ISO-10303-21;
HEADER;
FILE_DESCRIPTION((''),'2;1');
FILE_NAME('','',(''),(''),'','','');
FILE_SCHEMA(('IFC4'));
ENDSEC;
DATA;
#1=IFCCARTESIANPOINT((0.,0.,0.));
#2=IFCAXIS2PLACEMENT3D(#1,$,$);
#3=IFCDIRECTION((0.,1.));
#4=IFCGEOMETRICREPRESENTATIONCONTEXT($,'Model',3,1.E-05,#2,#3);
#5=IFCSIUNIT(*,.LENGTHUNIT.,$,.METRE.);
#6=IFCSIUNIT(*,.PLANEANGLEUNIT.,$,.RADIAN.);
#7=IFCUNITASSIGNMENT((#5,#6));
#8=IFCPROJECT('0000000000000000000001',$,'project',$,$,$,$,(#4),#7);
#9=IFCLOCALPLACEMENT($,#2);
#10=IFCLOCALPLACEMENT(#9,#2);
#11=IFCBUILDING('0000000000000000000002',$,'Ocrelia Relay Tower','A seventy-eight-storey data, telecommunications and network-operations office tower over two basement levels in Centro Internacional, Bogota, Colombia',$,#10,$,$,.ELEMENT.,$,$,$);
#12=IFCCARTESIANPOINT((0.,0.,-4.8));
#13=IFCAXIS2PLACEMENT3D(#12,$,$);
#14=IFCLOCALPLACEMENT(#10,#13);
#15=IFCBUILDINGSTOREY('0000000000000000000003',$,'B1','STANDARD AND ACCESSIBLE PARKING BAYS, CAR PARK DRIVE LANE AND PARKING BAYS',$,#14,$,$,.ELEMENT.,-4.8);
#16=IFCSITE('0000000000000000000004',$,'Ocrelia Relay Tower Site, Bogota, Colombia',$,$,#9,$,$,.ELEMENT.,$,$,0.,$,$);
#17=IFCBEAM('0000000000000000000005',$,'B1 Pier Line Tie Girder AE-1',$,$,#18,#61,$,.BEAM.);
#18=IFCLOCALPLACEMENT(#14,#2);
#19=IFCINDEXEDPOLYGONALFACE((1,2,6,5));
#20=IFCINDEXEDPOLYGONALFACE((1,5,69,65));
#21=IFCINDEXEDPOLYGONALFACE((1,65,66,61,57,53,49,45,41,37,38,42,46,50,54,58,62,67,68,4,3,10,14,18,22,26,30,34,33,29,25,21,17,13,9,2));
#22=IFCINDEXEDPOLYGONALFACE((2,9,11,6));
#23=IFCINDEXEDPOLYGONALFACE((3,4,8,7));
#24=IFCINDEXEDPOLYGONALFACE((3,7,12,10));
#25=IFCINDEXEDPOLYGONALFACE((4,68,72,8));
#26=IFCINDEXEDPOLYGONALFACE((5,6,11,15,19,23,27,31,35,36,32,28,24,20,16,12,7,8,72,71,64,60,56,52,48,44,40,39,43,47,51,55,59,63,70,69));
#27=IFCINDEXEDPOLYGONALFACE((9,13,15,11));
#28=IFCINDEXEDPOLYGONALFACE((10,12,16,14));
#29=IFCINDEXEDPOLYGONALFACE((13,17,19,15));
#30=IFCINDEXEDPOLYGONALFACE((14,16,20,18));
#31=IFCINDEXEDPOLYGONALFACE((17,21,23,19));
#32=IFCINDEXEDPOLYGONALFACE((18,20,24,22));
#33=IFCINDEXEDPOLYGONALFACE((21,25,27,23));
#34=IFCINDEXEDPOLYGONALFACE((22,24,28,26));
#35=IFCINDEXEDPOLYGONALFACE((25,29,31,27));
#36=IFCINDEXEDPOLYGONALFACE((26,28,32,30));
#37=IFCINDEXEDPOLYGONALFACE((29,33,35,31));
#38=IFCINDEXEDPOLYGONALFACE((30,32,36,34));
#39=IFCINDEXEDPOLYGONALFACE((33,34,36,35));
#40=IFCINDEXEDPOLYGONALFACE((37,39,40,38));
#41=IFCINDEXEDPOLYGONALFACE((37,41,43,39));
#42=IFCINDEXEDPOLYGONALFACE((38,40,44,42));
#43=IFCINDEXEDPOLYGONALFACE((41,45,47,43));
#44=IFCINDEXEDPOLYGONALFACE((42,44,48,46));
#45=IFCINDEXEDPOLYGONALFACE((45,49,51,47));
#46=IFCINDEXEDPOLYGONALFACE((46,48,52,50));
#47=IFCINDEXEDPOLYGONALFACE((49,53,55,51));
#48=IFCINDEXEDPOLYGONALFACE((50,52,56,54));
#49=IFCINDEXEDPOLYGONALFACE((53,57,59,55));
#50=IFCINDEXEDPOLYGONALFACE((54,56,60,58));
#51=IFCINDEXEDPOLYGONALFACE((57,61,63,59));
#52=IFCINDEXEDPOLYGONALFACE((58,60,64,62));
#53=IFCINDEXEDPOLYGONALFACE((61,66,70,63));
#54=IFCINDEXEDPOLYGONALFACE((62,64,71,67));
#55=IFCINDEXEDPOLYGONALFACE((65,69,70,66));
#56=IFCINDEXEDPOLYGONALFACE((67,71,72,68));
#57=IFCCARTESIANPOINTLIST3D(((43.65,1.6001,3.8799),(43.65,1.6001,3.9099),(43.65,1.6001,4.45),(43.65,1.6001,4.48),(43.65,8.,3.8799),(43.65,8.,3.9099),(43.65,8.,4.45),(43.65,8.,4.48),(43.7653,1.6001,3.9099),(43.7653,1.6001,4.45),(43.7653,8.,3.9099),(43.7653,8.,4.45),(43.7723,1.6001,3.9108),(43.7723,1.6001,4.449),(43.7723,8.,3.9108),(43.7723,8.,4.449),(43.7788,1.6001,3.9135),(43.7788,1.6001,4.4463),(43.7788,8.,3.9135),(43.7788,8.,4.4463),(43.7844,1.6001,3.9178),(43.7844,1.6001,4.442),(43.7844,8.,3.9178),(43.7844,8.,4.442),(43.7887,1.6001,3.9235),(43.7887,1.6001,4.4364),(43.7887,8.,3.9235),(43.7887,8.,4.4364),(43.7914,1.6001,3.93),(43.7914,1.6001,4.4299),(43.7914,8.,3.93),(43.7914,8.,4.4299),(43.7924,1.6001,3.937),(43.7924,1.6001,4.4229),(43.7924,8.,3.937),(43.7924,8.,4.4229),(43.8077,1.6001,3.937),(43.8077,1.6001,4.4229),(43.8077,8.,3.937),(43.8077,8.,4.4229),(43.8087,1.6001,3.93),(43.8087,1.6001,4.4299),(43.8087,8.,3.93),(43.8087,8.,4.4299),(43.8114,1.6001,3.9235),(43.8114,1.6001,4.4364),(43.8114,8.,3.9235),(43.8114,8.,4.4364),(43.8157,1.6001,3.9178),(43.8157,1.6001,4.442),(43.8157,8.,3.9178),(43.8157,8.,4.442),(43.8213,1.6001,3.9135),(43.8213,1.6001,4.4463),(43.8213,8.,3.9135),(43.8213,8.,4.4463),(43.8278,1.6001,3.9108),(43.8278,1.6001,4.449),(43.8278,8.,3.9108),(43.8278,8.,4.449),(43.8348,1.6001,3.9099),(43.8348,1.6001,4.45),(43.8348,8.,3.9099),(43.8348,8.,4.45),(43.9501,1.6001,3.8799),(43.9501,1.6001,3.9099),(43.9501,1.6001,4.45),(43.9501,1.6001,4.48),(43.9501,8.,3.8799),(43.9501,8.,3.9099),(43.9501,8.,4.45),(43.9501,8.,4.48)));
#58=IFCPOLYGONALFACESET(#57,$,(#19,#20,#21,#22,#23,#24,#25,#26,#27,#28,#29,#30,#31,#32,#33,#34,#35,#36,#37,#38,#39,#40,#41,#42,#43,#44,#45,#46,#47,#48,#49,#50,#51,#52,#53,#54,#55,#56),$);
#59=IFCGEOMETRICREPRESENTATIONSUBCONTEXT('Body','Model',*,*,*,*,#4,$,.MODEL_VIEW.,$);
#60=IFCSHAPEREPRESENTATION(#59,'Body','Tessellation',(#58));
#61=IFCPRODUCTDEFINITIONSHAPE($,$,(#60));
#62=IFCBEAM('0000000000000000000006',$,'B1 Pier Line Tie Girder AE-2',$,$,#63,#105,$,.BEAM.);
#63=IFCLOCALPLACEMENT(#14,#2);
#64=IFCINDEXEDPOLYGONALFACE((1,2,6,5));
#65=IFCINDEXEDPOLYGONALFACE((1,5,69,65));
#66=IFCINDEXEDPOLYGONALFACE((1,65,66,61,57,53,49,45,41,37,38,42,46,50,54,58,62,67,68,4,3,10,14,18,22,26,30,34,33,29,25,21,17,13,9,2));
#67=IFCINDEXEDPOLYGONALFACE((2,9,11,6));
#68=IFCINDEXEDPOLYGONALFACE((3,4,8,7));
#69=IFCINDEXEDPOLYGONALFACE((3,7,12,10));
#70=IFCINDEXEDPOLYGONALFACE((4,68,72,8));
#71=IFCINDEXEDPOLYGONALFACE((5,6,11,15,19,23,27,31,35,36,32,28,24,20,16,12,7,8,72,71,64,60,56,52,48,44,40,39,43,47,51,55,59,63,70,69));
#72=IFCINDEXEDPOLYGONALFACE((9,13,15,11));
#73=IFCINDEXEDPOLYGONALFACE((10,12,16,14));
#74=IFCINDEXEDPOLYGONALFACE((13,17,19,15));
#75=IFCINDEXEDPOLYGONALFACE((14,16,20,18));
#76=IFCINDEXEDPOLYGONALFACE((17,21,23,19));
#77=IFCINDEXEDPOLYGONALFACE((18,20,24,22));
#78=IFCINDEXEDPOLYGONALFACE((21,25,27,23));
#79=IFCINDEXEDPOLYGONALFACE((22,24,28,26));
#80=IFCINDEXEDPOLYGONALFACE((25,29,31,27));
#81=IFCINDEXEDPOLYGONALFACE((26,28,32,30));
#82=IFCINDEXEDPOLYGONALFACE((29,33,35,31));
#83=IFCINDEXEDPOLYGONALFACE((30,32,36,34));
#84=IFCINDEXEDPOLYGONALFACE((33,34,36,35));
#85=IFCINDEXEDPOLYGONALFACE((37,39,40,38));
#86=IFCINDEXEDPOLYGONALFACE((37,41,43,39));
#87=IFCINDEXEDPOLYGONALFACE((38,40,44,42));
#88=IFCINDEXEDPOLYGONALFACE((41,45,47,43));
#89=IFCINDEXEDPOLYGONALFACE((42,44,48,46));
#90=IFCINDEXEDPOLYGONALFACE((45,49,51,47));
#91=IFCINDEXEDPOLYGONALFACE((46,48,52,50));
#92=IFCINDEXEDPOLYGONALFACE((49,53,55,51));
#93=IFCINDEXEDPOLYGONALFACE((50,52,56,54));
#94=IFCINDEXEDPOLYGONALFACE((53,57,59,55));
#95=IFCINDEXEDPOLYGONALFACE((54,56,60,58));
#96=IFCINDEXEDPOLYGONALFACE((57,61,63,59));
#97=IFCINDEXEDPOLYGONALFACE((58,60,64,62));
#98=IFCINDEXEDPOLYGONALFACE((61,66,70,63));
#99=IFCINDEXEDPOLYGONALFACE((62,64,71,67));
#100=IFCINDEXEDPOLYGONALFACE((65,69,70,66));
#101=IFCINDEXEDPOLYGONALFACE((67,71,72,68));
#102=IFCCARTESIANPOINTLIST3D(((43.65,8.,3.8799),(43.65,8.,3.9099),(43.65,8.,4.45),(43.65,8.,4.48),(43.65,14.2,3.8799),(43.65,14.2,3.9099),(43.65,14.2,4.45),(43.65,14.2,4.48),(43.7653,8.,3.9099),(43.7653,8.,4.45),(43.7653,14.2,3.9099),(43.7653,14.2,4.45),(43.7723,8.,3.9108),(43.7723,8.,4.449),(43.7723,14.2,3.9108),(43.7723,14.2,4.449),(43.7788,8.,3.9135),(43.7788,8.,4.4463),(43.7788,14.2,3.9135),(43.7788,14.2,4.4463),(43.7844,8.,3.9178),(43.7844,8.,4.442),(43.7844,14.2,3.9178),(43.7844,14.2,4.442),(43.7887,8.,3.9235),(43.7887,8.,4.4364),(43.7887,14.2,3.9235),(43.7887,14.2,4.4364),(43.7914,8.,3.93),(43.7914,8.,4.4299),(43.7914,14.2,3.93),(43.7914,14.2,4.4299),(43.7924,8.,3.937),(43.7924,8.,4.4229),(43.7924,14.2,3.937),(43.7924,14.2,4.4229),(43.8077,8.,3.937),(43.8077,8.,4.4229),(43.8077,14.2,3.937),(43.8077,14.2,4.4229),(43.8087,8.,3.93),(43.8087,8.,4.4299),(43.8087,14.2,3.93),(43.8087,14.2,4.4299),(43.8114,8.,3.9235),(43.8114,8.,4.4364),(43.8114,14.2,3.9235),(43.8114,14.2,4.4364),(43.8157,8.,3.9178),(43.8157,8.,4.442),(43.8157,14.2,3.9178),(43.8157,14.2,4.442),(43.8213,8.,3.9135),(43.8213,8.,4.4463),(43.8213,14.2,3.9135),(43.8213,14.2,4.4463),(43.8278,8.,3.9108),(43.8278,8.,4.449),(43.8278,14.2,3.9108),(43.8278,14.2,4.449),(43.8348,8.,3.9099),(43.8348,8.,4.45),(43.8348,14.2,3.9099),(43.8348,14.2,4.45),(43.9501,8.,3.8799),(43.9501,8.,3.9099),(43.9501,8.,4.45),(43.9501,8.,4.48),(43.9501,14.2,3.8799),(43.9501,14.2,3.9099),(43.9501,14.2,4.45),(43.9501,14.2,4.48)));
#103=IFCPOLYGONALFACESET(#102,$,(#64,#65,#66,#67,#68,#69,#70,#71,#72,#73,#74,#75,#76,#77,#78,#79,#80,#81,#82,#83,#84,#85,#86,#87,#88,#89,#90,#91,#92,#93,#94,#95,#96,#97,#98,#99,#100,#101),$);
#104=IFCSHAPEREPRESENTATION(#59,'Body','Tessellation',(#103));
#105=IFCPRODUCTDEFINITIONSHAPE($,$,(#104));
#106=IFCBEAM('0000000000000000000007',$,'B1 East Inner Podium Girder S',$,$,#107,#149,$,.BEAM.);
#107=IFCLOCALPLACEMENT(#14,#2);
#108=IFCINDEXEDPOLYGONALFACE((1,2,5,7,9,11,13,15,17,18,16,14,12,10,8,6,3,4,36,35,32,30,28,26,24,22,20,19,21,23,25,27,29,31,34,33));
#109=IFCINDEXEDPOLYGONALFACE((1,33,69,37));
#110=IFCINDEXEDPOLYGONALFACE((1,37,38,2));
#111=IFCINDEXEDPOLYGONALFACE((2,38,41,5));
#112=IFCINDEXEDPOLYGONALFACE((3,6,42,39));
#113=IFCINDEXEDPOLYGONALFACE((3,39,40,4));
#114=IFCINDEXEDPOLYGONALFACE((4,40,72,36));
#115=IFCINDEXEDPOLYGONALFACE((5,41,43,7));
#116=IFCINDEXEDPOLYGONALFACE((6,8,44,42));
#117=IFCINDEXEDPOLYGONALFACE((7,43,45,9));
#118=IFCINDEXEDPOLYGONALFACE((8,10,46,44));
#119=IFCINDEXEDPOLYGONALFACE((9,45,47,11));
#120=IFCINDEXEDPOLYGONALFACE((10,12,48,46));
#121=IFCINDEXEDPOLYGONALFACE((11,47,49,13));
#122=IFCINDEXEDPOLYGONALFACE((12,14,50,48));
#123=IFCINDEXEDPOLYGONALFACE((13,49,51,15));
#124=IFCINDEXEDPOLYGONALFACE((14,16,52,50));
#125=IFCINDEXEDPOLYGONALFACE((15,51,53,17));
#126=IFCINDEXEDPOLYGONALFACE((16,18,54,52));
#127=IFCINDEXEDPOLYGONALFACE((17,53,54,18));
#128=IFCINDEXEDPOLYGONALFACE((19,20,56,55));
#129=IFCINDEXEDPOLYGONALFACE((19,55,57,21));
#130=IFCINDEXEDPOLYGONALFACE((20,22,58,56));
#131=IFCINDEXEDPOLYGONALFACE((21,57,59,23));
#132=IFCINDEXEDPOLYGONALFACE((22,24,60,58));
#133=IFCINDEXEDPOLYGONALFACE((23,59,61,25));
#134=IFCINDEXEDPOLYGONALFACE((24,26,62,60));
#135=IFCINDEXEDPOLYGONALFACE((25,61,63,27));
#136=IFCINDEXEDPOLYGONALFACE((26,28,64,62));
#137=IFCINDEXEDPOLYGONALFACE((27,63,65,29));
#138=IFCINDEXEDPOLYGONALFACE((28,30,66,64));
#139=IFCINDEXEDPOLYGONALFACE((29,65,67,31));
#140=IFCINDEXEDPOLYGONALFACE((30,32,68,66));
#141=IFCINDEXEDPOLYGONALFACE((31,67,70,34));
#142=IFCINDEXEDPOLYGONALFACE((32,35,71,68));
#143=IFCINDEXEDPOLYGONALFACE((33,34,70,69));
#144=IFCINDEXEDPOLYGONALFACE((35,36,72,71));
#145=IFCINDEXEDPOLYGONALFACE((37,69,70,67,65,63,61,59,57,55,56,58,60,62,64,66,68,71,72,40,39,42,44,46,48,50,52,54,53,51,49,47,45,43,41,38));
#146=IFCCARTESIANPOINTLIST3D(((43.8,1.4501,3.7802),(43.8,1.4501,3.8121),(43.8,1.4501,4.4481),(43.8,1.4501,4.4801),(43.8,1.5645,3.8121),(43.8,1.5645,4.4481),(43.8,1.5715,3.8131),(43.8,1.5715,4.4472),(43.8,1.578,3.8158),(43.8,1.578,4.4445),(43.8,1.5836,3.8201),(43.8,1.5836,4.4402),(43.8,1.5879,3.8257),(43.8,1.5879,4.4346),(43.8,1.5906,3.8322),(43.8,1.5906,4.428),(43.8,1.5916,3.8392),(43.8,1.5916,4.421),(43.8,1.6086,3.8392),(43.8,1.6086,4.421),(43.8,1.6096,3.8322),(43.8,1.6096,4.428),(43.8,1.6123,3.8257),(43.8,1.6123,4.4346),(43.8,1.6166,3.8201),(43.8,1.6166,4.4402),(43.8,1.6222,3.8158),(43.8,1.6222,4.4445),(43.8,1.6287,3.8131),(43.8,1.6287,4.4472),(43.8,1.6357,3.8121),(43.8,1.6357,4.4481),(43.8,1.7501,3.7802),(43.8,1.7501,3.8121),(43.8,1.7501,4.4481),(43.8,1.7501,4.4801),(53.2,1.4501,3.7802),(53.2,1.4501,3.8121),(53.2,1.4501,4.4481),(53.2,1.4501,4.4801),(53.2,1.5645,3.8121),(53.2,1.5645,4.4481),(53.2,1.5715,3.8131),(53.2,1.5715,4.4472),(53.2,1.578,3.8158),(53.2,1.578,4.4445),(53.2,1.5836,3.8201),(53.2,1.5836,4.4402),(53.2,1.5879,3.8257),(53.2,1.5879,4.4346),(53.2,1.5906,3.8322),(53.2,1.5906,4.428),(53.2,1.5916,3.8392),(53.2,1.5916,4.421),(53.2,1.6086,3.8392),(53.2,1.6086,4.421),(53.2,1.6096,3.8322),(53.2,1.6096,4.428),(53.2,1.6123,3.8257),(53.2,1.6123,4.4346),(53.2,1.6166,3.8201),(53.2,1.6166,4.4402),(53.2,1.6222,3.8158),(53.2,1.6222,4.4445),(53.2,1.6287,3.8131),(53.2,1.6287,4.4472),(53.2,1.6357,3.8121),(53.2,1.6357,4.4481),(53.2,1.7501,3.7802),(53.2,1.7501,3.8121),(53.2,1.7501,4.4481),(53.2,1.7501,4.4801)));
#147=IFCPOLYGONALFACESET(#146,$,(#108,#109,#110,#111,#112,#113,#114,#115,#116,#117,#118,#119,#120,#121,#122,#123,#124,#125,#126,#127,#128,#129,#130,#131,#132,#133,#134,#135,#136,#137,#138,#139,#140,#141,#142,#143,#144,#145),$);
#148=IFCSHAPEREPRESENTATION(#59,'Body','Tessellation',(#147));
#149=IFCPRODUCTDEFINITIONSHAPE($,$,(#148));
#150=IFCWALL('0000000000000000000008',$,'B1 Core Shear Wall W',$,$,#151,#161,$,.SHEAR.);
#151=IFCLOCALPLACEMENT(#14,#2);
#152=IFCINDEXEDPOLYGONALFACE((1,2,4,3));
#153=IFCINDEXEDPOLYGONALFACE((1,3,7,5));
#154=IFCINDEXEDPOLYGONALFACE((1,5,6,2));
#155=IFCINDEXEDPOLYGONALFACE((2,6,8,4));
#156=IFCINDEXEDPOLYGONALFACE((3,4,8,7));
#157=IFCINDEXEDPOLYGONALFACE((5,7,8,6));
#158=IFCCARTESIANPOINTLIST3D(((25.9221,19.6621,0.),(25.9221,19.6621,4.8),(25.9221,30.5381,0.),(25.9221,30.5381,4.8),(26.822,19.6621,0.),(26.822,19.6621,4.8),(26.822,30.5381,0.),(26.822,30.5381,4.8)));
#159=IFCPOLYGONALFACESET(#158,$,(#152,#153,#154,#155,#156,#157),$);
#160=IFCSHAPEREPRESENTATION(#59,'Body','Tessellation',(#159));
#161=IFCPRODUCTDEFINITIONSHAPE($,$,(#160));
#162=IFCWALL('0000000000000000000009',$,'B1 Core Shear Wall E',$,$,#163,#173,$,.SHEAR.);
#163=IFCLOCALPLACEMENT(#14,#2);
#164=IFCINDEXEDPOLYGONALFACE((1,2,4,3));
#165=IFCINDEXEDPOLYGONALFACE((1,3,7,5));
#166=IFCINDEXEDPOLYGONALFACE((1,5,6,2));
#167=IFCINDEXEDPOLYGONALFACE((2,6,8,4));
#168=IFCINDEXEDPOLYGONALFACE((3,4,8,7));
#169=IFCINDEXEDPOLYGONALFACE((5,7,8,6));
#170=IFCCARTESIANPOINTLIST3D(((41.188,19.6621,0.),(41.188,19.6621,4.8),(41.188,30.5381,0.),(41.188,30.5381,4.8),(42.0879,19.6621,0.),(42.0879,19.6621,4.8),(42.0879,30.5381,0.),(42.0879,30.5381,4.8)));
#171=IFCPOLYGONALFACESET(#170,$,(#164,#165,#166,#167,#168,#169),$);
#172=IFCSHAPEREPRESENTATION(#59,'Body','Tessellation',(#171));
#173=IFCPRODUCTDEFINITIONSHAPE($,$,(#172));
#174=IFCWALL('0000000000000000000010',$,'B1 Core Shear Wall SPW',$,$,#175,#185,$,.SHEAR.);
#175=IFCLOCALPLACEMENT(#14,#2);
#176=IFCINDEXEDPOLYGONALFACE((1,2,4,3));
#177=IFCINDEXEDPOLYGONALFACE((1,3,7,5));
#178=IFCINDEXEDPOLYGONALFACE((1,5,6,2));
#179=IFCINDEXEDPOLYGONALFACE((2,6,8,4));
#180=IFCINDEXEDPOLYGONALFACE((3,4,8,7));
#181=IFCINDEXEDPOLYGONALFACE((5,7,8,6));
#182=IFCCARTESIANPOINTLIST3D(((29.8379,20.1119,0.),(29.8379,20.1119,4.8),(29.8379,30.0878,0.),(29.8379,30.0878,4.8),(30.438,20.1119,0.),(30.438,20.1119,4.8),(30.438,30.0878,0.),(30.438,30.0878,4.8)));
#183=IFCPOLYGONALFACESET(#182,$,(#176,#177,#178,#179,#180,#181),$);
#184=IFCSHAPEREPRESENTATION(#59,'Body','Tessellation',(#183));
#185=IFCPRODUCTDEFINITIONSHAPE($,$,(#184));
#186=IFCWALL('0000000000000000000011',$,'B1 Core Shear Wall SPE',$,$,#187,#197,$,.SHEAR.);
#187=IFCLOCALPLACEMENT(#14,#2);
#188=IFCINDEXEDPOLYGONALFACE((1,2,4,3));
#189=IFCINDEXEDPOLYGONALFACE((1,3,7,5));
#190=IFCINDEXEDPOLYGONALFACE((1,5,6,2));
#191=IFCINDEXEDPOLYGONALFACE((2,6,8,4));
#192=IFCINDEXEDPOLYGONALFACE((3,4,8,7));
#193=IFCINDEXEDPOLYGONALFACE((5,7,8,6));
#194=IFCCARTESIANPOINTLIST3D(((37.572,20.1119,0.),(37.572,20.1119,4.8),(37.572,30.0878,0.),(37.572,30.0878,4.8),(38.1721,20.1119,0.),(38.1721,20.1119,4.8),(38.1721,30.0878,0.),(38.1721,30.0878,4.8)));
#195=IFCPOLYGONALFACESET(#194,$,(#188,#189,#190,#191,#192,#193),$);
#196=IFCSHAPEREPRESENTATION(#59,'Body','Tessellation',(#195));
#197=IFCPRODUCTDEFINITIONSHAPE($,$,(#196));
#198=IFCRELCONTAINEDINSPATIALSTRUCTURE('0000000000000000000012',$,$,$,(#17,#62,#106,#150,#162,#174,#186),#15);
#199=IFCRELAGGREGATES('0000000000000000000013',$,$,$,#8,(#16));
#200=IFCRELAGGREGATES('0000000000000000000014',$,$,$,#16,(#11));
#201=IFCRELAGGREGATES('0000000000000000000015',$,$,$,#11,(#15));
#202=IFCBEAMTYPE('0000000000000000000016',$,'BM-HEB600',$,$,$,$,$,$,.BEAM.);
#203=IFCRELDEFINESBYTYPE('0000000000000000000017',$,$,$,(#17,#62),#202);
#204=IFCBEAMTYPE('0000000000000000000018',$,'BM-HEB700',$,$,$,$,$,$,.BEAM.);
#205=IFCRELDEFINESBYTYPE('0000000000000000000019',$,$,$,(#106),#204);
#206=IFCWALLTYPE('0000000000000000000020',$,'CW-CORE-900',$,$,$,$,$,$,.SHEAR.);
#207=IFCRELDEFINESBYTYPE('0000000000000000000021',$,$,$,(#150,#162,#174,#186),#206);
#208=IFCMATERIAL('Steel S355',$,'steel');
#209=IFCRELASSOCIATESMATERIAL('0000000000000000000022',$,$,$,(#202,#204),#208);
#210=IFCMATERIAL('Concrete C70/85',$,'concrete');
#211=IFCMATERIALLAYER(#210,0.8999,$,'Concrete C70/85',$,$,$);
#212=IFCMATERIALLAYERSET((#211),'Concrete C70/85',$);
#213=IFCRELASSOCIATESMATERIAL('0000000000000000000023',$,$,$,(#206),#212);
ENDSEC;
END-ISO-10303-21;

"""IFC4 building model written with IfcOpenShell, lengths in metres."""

from ifc_helpers import new_model, si_unit, direction, frame, frame_2d, origin, origin_2d, place, context, subcontext, project, spatial, rectangle, i_section, extrude, material, layer, layer_set, material_profile, profile_set, type_object, element, save


model = new_model("IFC4")

# Units and contexts
model_context = context("Model", 3, precision=1e-05, world=origin(), true_north=direction((0.0, 1.0)))
body_context = subcontext(model_context, "Body", "Model", "MODEL_VIEW")
ifc_project = project(units=[si_unit("LENGTHUNIT", "METRE"), si_unit("PLANEANGLEUNIT", "RADIAN")], contexts=[model_context])

# Site, building, storey
site_placement = place(None, origin())
site = spatial("IfcSite", under=ifc_project, at=site_placement, Name="Ocrelia Relay Tower Site, Bogota, Colombia", CompositionType="ELEMENT", RefElevation=0.0)
building_placement = place(site_placement, origin())
building = spatial("IfcBuilding", under=site, at=building_placement, Name="Ocrelia Relay Tower", Description="A seventy-eight-storey data, telecommunications and network-operations office tower over two basement levels in Centro Internacional, Bogota, Colombia", CompositionType="ELEMENT")
storey_placement = place(building_placement, frame((0.0, 0.0, -4.8)))
storey = spatial("IfcBuildingStorey", under=building, at=storey_placement, Name="B1", Description="STANDARD AND ACCESSIBLE PARKING BAYS, CAR PARK DRIVE LANE AND PARKING BAYS", CompositionType="ELEMENT", Elevation=-4.8)

# Shared definitions
ifc_material_1 = material(Name="Concrete C70/85", Category="concrete")

# Beams
ifc_material_2 = material(Name="Steel S355", Category="steel")
ifc_material_profile_1 = material_profile(ifc_material_2, i_section(OverallWidth=0.3, OverallDepth=0.6001, WebThickness=0.0154, FlangeThickness=0.03, FilletRadius=0.0271, at=origin_2d()), Name="HEB 600")
ifc_profile_set_1 = profile_set([ifc_material_profile_1], Name="Steel S355")
beam_type_1 = type_object("IfcBeamType", Name="BM-HEB600", PredefinedType="BEAM", material=ifc_profile_set_1)
beam_1_placement = place(storey_placement, frame((43.8, 1.6001, 4.1799), z_axis=(0.0, 1.0, 0.0), x_axis=(-1.0, 0.0, 0.0)))
element("IfcBeam", 1, at=beam_1_placement, inside=storey, type_object=beam_type_1, Name="B1 Pier Line Tie Girder AE-1", PredefinedType="BEAM", context=body_context, shape_type="SweptSolid", body=[
    extrude(i_section(OverallWidth=0.3, OverallDepth=0.6001, WebThickness=0.0154, FlangeThickness=0.03, FilletRadius=0.0271, at=origin_2d()), origin(), (0.0, 0.0, 1.0), 6.3999),
])
beam_2_placement = place(storey_placement, frame((43.8, 8.0, 4.1799), z_axis=(0.0, 1.0, 0.0), x_axis=(-1.0, 0.0, 0.0)))
element("IfcBeam", 2, at=beam_2_placement, inside=storey, type_object=beam_type_1, Name="B1 Pier Line Tie Girder AE-2", PredefinedType="BEAM", context=body_context, shape_type="SweptSolid", body=[
    extrude(i_section(OverallWidth=0.3, OverallDepth=0.6001, WebThickness=0.0154, FlangeThickness=0.03, FilletRadius=0.0271, at=origin_2d()), origin(), (0.0, 0.0, 1.0), 6.2),
])
ifc_material_profile_2 = material_profile(ifc_material_2, i_section(OverallWidth=0.3, OverallDepth=0.7, WebThickness=0.0171, FlangeThickness=0.032, FilletRadius=0.0271, at=origin_2d()), Name="HEB 700")
ifc_profile_set_2 = profile_set([ifc_material_profile_2], Name="Steel S355")
beam_type_2 = type_object("IfcBeamType", Name="BM-HEB700", PredefinedType="BEAM", material=ifc_profile_set_2)
beam_3_placement = place(storey_placement, frame((43.8, 1.6001, 4.1301), z_axis=(1.0, 0.0, 0.0), x_axis=(0.0, 1.0, 0.0)))
element("IfcBeam", 3, at=beam_3_placement, inside=storey, type_object=beam_type_2, Name="B1 East Inner Podium Girder S", PredefinedType="BEAM", context=body_context, shape_type="SweptSolid", body=[
    extrude(i_section(OverallWidth=0.3, OverallDepth=0.7, WebThickness=0.0171, FlangeThickness=0.032, FilletRadius=0.0271, at=origin_2d()), origin(), (0.0, 0.0, 1.0), 9.3999),
])

# Walls
ifc_layer_1 = layer(ifc_material_1, 0.8999, Name="Concrete C70/85")
ifc_layer_set_1 = layer_set([ifc_layer_1], Name="Concrete C70/85")
wall_type_1 = type_object("IfcWallType", Name="CW-CORE-900", PredefinedType="SHEAR", material=ifc_layer_set_1)
for number, where, z_axis, x_axis, name in (
    (4, (26.3721, 19.6621, 0.0), (0.0, 0.0, 1.0), (0.0, 1.0, 0.0), "B1 Core Shear Wall W"),
    (5, (41.6379, 19.6621, 0.0), (0.0, 0.0, 1.0), (0.0, 1.0, 0.0), "B1 Core Shear Wall E"),
):
    element("IfcWall", number, at=place(storey_placement, frame(where, z_axis=z_axis, x_axis=x_axis)), inside=storey, type_object=wall_type_1, Name=name, PredefinedType="SHEAR", context=body_context, shape_type="SweptSolid", body=[
        extrude(rectangle(XDim=10.876, YDim=0.8999, at=frame_2d((5.438, 0.0))), origin(), (0.0, 0.0, 1.0), 4.8),
    ])
for number, where, z_axis, x_axis, name in (
    (6, (30.1379, 20.1121, 0.0), (0.0, 0.0, 1.0), (0.0, 1.0, 0.0), "B1 Core Shear Wall SPW"),
    (7, (37.8721, 20.1121, 0.0), (0.0, 0.0, 1.0), (0.0, 1.0, 0.0), "B1 Core Shear Wall SPE"),
):
    element("IfcWall", number, at=place(storey_placement, frame(where, z_axis=z_axis, x_axis=x_axis)), inside=storey, type_object=wall_type_1, Name=name, PredefinedType="SHEAR", context=body_context, shape_type="SweptSolid", body=[
        extrude(rectangle(XDim=9.9758, YDim=0.6001, at=frame_2d((4.9878, 0.0))), origin(), (0.0, 0.0, 1.0), 4.8),
    ])

save(model, "model.ifc")
